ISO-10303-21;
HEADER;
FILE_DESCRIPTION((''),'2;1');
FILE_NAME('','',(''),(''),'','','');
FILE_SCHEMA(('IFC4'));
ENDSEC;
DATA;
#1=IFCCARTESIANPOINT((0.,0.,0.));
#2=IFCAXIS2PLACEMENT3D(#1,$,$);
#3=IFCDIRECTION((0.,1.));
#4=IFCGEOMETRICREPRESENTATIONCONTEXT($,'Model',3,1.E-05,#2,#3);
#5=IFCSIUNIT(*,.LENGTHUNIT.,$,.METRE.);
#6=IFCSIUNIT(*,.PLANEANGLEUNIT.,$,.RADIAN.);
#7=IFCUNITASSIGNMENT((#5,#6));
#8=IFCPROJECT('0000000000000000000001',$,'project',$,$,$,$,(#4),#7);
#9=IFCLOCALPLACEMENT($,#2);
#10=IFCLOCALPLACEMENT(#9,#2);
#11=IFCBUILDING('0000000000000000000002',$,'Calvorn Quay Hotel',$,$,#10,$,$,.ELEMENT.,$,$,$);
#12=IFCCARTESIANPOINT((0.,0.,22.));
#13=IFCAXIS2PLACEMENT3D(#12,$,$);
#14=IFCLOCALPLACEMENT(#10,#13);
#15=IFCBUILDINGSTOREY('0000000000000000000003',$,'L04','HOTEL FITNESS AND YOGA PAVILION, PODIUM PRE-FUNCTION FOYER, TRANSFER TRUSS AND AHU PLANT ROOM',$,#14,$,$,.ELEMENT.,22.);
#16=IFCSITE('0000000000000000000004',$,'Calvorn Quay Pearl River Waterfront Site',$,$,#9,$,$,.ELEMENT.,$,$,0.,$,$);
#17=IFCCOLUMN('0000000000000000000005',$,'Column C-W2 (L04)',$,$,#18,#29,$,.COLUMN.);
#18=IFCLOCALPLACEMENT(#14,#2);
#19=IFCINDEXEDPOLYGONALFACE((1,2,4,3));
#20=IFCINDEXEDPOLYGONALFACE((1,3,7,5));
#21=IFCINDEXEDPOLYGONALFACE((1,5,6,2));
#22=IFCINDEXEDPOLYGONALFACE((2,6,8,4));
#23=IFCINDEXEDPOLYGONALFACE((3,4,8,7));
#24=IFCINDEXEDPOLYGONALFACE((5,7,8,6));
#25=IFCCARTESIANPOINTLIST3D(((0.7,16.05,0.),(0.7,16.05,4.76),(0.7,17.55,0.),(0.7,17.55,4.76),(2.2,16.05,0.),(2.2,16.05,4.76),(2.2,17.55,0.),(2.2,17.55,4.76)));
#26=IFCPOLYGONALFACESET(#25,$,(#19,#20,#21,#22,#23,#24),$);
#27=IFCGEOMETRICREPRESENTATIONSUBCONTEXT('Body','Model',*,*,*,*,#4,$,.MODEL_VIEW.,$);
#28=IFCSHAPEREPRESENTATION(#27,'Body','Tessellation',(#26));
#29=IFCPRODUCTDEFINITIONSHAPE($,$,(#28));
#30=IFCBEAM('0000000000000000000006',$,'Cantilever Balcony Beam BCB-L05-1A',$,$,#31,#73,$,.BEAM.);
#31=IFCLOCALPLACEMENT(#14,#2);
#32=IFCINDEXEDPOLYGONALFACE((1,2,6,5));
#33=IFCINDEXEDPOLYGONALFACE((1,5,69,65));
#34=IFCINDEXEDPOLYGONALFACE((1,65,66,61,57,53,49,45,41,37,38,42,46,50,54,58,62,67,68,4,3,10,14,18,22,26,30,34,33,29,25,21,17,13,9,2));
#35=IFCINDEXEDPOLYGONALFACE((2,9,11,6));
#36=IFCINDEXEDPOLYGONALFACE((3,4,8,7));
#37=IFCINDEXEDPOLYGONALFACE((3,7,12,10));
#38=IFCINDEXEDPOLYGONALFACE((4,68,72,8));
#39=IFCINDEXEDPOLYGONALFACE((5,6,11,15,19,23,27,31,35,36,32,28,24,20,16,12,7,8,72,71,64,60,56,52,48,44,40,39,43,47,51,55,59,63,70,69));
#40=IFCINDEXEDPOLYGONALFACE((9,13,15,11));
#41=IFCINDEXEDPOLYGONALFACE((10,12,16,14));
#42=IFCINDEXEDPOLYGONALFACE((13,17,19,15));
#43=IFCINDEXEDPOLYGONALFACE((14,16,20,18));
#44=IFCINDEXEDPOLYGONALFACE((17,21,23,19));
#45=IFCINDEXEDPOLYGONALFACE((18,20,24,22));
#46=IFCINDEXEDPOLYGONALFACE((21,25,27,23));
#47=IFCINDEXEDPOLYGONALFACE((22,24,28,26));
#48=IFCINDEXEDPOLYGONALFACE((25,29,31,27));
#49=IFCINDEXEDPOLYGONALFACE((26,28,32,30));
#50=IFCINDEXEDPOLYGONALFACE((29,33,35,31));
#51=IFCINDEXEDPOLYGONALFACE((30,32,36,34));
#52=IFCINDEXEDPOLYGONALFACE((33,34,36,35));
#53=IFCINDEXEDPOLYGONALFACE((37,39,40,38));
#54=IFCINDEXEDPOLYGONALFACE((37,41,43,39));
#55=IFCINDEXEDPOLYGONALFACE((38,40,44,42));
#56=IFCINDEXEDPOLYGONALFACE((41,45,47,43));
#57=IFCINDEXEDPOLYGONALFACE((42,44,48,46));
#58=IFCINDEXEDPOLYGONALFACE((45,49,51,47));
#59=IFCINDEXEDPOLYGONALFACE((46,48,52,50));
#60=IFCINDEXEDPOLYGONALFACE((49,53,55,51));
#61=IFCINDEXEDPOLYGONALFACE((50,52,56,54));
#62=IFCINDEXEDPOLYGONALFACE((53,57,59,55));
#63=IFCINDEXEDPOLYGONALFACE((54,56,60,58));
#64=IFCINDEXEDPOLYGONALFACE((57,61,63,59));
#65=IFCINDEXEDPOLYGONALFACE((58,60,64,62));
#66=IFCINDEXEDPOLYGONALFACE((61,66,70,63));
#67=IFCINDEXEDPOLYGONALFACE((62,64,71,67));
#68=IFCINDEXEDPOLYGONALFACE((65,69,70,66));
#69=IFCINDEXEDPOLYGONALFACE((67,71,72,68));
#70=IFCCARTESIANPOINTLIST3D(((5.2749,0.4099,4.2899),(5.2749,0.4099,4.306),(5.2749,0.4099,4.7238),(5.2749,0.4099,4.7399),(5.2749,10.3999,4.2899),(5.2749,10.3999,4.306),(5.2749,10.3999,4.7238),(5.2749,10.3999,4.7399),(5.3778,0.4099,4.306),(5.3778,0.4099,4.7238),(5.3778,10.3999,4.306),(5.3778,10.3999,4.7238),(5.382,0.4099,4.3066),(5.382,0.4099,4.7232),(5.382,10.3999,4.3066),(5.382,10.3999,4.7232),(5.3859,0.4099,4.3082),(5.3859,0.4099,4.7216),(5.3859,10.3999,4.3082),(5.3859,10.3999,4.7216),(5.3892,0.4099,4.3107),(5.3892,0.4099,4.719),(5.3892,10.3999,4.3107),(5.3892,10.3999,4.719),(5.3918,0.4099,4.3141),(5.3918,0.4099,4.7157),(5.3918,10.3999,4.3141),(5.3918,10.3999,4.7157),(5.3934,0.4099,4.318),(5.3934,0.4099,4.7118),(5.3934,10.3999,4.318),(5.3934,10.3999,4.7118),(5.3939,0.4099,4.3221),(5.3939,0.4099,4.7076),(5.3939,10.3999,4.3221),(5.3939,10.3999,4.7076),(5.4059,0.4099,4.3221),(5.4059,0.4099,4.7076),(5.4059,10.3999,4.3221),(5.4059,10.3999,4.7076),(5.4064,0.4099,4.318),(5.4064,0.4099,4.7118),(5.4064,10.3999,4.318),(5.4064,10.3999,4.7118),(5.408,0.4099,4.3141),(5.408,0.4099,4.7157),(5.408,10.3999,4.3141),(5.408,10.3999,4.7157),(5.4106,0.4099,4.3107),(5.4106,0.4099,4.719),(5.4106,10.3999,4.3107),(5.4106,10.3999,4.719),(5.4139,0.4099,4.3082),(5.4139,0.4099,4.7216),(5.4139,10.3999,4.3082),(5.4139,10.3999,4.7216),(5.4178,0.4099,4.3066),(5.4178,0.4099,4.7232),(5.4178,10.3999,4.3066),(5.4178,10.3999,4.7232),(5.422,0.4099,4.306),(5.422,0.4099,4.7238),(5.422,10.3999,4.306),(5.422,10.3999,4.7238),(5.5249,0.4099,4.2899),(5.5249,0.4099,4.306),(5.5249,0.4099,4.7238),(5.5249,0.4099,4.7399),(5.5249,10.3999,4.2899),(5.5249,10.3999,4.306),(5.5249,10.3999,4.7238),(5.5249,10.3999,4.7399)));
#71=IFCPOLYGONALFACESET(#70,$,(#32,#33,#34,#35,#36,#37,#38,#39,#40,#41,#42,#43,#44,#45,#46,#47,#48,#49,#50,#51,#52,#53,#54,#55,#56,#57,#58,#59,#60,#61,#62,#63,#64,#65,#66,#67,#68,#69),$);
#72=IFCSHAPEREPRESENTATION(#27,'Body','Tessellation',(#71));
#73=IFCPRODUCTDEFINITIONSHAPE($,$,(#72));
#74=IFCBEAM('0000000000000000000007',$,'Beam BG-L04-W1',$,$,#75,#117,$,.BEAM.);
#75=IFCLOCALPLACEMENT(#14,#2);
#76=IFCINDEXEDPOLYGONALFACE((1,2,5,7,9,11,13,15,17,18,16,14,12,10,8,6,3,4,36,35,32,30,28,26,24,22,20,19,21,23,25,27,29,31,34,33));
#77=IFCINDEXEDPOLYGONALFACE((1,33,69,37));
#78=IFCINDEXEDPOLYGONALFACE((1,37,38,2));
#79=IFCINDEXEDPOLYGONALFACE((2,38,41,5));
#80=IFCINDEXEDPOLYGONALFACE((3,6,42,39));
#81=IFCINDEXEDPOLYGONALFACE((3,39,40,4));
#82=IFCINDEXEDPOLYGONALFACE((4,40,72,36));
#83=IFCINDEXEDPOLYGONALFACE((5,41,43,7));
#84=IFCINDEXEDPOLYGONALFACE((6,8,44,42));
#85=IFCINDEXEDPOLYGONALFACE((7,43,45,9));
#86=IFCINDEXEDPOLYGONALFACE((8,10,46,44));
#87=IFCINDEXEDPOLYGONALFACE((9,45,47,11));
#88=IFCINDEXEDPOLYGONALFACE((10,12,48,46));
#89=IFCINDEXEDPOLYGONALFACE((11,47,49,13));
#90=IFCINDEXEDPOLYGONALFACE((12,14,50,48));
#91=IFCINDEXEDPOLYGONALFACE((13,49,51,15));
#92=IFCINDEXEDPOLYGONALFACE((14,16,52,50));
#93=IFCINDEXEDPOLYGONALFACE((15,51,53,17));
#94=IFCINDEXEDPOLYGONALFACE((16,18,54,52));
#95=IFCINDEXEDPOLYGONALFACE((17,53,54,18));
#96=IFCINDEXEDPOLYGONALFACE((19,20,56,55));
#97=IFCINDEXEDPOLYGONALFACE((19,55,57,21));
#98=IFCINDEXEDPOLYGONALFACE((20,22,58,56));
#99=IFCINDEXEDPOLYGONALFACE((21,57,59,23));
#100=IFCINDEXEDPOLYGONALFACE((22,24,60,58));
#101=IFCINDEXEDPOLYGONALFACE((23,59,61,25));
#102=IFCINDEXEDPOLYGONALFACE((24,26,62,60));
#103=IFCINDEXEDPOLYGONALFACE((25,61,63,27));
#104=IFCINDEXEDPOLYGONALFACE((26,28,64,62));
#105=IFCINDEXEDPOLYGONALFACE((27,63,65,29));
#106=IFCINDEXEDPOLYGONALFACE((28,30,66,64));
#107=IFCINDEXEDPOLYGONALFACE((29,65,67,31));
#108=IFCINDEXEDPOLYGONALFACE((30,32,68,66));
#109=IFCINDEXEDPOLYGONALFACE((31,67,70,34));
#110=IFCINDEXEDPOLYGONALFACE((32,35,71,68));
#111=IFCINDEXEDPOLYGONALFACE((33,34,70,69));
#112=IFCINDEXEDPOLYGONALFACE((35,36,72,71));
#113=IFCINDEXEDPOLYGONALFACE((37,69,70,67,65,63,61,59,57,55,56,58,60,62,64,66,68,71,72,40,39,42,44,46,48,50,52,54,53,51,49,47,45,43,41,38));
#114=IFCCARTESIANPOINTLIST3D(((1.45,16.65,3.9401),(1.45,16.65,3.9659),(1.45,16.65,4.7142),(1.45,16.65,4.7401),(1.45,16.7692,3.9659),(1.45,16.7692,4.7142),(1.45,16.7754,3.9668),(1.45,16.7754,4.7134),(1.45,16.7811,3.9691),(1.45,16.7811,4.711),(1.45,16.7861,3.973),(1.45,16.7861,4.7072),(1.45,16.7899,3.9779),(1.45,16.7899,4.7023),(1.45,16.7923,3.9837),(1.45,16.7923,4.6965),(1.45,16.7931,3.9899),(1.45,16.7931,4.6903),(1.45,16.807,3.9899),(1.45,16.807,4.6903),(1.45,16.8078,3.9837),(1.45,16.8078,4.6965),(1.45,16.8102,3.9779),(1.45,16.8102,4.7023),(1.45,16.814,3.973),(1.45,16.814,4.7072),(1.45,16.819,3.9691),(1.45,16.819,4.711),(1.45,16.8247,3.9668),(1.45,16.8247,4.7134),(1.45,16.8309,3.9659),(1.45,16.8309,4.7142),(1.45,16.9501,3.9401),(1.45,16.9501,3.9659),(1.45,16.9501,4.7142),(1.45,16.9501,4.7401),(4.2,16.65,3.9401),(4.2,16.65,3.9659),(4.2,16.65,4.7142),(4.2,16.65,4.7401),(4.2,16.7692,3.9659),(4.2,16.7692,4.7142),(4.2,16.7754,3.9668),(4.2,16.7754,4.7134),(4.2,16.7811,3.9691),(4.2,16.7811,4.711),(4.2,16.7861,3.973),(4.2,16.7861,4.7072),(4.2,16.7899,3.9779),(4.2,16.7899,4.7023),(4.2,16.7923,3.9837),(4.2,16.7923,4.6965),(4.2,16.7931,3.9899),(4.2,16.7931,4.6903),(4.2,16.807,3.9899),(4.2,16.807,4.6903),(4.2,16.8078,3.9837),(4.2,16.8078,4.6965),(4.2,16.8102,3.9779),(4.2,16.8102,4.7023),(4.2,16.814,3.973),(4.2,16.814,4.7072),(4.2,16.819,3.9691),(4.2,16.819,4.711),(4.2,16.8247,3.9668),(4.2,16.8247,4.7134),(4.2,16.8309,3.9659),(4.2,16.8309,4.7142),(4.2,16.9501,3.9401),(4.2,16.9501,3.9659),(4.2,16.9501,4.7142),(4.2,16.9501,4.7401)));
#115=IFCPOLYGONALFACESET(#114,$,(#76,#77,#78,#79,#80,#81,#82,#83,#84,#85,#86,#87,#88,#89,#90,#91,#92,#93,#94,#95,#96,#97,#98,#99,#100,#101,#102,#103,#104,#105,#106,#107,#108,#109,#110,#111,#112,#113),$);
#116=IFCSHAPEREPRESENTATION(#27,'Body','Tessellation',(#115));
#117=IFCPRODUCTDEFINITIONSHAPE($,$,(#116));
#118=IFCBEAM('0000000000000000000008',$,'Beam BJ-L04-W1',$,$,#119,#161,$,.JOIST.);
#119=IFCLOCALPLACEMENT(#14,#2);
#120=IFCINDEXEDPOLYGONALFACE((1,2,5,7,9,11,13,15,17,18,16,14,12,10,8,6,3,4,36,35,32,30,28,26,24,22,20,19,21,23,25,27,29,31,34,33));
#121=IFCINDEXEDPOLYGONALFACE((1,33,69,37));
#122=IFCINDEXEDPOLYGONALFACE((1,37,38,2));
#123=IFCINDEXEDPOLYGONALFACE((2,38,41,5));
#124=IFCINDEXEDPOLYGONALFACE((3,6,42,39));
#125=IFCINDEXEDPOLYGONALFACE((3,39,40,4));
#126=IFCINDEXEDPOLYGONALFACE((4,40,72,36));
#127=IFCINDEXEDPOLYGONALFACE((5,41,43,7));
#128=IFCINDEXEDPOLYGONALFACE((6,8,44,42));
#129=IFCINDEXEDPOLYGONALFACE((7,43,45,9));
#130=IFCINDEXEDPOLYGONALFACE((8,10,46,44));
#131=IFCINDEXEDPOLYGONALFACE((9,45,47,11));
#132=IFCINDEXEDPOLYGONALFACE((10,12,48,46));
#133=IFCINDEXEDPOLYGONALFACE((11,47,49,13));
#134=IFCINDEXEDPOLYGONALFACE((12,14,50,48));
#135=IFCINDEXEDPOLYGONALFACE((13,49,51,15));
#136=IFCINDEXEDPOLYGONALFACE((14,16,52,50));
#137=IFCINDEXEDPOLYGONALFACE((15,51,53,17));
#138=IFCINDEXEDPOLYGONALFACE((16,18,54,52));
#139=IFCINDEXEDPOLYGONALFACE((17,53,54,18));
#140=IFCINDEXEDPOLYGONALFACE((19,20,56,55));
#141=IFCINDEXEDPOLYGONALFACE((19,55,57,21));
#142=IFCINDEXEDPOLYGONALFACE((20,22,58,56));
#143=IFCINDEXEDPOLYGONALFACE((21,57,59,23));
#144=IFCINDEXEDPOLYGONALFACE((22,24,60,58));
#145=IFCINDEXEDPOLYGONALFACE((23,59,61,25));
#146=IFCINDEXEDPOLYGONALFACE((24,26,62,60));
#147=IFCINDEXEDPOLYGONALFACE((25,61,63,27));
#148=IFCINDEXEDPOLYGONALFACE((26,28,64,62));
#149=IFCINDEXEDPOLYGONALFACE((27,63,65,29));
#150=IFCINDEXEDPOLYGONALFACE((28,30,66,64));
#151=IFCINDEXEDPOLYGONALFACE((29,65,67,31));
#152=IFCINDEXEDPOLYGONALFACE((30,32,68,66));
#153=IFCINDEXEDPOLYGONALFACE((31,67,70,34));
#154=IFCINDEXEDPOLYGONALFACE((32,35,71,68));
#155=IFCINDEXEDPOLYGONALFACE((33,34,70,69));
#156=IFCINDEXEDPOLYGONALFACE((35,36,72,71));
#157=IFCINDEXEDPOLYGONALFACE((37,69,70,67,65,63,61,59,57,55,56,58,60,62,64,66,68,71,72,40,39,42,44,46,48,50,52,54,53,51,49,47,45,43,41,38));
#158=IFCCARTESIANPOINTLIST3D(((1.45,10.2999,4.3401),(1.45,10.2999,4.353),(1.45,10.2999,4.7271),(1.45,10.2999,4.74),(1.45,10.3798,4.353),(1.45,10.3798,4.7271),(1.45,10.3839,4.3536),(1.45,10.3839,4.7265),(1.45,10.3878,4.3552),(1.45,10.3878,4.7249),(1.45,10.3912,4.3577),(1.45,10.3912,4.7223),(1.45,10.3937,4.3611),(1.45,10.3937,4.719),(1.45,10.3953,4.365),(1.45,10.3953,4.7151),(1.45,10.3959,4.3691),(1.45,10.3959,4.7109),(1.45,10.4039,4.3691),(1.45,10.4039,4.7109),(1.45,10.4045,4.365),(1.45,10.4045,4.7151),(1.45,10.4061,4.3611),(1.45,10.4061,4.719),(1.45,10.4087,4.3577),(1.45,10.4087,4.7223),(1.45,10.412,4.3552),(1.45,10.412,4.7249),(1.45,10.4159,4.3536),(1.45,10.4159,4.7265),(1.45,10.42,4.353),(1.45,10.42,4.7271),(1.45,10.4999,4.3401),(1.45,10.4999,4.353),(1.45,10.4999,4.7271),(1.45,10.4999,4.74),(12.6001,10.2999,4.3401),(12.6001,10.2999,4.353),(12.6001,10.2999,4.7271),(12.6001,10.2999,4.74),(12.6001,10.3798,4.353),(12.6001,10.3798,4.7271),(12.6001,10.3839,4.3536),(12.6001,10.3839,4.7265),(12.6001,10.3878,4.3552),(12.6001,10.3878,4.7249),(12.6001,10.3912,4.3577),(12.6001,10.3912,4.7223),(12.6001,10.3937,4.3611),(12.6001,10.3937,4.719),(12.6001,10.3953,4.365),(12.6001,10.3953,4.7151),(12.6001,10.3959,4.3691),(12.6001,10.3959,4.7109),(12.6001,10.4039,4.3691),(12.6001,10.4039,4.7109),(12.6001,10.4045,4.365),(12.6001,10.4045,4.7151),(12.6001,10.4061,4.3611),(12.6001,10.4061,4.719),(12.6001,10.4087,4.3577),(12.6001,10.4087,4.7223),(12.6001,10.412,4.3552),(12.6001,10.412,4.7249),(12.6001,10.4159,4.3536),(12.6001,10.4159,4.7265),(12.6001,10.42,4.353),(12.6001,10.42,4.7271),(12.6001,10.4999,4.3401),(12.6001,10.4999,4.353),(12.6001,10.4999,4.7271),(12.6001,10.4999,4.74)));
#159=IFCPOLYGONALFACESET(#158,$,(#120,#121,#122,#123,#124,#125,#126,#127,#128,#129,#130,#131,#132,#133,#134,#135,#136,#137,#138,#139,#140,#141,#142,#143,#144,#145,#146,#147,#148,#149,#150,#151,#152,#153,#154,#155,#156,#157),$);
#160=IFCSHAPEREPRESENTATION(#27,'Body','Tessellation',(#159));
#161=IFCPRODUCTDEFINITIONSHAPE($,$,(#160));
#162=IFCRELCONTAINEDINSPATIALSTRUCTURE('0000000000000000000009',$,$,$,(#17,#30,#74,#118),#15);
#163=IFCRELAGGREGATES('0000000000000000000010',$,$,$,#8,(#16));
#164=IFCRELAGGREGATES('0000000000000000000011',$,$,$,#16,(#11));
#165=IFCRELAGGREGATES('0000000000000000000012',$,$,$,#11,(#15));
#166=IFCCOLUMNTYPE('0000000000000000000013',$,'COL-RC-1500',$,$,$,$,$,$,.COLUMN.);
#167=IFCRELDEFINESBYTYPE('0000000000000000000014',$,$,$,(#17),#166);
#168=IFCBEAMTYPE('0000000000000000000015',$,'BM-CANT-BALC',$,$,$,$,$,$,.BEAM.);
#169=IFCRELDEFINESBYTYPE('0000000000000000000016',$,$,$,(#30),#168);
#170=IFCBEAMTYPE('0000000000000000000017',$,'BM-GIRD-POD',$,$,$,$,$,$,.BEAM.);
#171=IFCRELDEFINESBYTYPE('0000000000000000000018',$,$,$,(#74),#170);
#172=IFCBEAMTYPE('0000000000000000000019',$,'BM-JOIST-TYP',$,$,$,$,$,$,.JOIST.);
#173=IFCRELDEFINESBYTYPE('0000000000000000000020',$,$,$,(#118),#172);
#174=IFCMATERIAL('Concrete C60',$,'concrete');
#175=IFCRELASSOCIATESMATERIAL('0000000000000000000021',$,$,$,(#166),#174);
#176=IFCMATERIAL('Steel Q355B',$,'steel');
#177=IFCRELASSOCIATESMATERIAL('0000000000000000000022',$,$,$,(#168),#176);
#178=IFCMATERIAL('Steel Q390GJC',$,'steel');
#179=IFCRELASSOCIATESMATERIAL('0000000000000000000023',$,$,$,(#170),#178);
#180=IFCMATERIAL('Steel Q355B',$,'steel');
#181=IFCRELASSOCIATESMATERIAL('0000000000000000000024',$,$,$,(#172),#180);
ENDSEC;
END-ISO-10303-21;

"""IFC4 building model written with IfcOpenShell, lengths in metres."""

from ifc_helpers import new_model, si_unit, direction, frame, origin, origin_2d, place, context, subcontext, project, spatial, rectangle, i_section, extrude, material, material_profile, profile_set, type_object, element, save


model = new_model("IFC4")

# Units and contexts
model_context = context("Model", 3, precision=1e-05, world=origin(), true_north=direction((0.0, 1.0)))
body_context = subcontext(model_context, "Body", "Model", "MODEL_VIEW")
ifc_project = project(units=[si_unit("LENGTHUNIT", "METRE"), si_unit("PLANEANGLEUNIT", "RADIAN")], contexts=[model_context])

# Site, building, storey
site_placement = place(None, origin())
site = spatial("IfcSite", under=ifc_project, at=site_placement, Name="Calvorn Quay Pearl River Waterfront Site", CompositionType="ELEMENT", RefElevation=0.0)
building_placement = place(site_placement, origin())
building = spatial("IfcBuilding", under=site, at=building_placement, Name="Calvorn Quay Hotel", CompositionType="ELEMENT")
storey_placement = place(building_placement, frame((0.0, 0.0, 22.0)))
storey = spatial("IfcBuildingStorey", under=building, at=storey_placement, Name="L04", Description="HOTEL FITNESS AND YOGA PAVILION, PODIUM PRE-FUNCTION FOYER, TRANSFER TRUSS AND AHU PLANT ROOM", CompositionType="ELEMENT", Elevation=22.0)

# Column
ifc_material_1 = material(Name="Concrete C60", Category="concrete")
ifc_material_profile_1 = material_profile(ifc_material_1, rectangle(XDim=1.5, YDim=1.5, at=origin_2d()), Name="RC1500x1500")
ifc_profile_set_1 = profile_set([ifc_material_profile_1], Name="Concrete C60")
column_type = type_object("IfcColumnType", Name="COL-RC-1500", PredefinedType="COLUMN", material=ifc_profile_set_1)
column_placement = place(storey_placement, frame((1.45, 16.8, 0.0), z_axis=(0.0, 0.0, 1.0), x_axis=(1.0, 0.0, 0.0)))
element("IfcColumn", 1, at=column_placement, inside=storey, type_object=column_type, Name="Column C-W2 (L04)", PredefinedType="COLUMN", context=body_context, shape_type="SweptSolid", body=[
    extrude(rectangle(XDim=1.5, YDim=1.5, at=origin_2d()), origin(), (0.0, 0.0, 1.0), 4.76),
])

# Beams
ifc_material_2 = material(Name="Steel Q355B", Category="steel")
ifc_material_profile_2 = material_profile(ifc_material_2, i_section(OverallWidth=0.25, OverallDepth=0.45, WebThickness=0.012, FlangeThickness=0.0161, FilletRadius=0.0161, at=origin_2d()), Name="HN450x250x12x16")
ifc_profile_set_2 = profile_set([ifc_material_profile_2], Name="Steel Q355B")
beam_type_1 = type_object("IfcBeamType", Name="BM-CANT-BALC", PredefinedType="BEAM", material=ifc_profile_set_2)
beam_1_placement = place(storey_placement, frame((5.3999, 10.3999, 4.5149), z_axis=(0.0, -1.0, 0.0), x_axis=(1.0, 0.0, 0.0)))
element("IfcBeam", 2, at=beam_1_placement, inside=storey, type_object=beam_type_1, Name="Cantilever Balcony Beam BCB-L05-1A", PredefinedType="BEAM", context=body_context, shape_type="SweptSolid", body=[
    extrude(i_section(OverallWidth=0.25, OverallDepth=0.45, WebThickness=0.012, FlangeThickness=0.0161, FilletRadius=0.0161, at=origin_2d()), origin(), (0.0, 0.0, 1.0), 9.99),
])
ifc_material_3 = material(Name="Steel Q390GJC", Category="steel")
ifc_material_profile_3 = material_profile(ifc_material_3, i_section(OverallWidth=0.3, OverallDepth=0.8, WebThickness=0.0139, FlangeThickness=0.0259, FilletRadius=0.0239, at=origin_2d()), Name="HN800x300x14x26")
ifc_profile_set_3 = profile_set([ifc_material_profile_3], Name="Steel Q390GJC")
beam_type_2 = type_object("IfcBeamType", Name="BM-GIRD-POD", PredefinedType="BEAM", material=ifc_profile_set_3)
beam_2_placement = place(storey_placement, frame((1.45, 16.8, 4.3401), z_axis=(1.0, 0.0, 0.0), x_axis=(0.0, 1.0, 0.0)))
element("IfcBeam", 3, at=beam_2_placement, inside=storey, type_object=beam_type_2, Name="Beam BG-L04-W1", PredefinedType="BEAM", context=body_context, shape_type="SweptSolid", body=[
    extrude(i_section(OverallWidth=0.3, OverallDepth=0.8, WebThickness=0.0139, FlangeThickness=0.0259, FilletRadius=0.0239, at=origin_2d()), origin(), (0.0, 0.0, 1.0), 2.75),
])
ifc_material_4 = material(Name="Steel Q355B", Category="steel")
ifc_material_profile_4 = material_profile(ifc_material_4, i_section(OverallWidth=0.2, OverallDepth=0.3999, WebThickness=0.0081, FlangeThickness=0.0129, FilletRadius=0.0161, at=origin_2d()), Name="HN400x200x8x13")
ifc_profile_set_4 = profile_set([ifc_material_profile_4], Name="Steel Q355B")
beam_type_3 = type_object("IfcBeamType", Name="BM-JOIST-TYP", PredefinedType="JOIST", material=ifc_profile_set_4)
beam_3_placement = place(storey_placement, frame((1.45, 10.3999, 4.54), z_axis=(1.0, 0.0, 0.0), x_axis=(0.0, 1.0, 0.0)))
element("IfcBeam", 4, at=beam_3_placement, inside=storey, type_object=beam_type_3, Name="Beam BJ-L04-W1", PredefinedType="JOIST", context=body_context, shape_type="SweptSolid", body=[
    extrude(i_section(OverallWidth=0.2, OverallDepth=0.3999, WebThickness=0.0081, FlangeThickness=0.0129, FilletRadius=0.0161, at=origin_2d()), origin(), (0.0, 0.0, 1.0), 11.1501),
])

save(model, "model.ifc")
